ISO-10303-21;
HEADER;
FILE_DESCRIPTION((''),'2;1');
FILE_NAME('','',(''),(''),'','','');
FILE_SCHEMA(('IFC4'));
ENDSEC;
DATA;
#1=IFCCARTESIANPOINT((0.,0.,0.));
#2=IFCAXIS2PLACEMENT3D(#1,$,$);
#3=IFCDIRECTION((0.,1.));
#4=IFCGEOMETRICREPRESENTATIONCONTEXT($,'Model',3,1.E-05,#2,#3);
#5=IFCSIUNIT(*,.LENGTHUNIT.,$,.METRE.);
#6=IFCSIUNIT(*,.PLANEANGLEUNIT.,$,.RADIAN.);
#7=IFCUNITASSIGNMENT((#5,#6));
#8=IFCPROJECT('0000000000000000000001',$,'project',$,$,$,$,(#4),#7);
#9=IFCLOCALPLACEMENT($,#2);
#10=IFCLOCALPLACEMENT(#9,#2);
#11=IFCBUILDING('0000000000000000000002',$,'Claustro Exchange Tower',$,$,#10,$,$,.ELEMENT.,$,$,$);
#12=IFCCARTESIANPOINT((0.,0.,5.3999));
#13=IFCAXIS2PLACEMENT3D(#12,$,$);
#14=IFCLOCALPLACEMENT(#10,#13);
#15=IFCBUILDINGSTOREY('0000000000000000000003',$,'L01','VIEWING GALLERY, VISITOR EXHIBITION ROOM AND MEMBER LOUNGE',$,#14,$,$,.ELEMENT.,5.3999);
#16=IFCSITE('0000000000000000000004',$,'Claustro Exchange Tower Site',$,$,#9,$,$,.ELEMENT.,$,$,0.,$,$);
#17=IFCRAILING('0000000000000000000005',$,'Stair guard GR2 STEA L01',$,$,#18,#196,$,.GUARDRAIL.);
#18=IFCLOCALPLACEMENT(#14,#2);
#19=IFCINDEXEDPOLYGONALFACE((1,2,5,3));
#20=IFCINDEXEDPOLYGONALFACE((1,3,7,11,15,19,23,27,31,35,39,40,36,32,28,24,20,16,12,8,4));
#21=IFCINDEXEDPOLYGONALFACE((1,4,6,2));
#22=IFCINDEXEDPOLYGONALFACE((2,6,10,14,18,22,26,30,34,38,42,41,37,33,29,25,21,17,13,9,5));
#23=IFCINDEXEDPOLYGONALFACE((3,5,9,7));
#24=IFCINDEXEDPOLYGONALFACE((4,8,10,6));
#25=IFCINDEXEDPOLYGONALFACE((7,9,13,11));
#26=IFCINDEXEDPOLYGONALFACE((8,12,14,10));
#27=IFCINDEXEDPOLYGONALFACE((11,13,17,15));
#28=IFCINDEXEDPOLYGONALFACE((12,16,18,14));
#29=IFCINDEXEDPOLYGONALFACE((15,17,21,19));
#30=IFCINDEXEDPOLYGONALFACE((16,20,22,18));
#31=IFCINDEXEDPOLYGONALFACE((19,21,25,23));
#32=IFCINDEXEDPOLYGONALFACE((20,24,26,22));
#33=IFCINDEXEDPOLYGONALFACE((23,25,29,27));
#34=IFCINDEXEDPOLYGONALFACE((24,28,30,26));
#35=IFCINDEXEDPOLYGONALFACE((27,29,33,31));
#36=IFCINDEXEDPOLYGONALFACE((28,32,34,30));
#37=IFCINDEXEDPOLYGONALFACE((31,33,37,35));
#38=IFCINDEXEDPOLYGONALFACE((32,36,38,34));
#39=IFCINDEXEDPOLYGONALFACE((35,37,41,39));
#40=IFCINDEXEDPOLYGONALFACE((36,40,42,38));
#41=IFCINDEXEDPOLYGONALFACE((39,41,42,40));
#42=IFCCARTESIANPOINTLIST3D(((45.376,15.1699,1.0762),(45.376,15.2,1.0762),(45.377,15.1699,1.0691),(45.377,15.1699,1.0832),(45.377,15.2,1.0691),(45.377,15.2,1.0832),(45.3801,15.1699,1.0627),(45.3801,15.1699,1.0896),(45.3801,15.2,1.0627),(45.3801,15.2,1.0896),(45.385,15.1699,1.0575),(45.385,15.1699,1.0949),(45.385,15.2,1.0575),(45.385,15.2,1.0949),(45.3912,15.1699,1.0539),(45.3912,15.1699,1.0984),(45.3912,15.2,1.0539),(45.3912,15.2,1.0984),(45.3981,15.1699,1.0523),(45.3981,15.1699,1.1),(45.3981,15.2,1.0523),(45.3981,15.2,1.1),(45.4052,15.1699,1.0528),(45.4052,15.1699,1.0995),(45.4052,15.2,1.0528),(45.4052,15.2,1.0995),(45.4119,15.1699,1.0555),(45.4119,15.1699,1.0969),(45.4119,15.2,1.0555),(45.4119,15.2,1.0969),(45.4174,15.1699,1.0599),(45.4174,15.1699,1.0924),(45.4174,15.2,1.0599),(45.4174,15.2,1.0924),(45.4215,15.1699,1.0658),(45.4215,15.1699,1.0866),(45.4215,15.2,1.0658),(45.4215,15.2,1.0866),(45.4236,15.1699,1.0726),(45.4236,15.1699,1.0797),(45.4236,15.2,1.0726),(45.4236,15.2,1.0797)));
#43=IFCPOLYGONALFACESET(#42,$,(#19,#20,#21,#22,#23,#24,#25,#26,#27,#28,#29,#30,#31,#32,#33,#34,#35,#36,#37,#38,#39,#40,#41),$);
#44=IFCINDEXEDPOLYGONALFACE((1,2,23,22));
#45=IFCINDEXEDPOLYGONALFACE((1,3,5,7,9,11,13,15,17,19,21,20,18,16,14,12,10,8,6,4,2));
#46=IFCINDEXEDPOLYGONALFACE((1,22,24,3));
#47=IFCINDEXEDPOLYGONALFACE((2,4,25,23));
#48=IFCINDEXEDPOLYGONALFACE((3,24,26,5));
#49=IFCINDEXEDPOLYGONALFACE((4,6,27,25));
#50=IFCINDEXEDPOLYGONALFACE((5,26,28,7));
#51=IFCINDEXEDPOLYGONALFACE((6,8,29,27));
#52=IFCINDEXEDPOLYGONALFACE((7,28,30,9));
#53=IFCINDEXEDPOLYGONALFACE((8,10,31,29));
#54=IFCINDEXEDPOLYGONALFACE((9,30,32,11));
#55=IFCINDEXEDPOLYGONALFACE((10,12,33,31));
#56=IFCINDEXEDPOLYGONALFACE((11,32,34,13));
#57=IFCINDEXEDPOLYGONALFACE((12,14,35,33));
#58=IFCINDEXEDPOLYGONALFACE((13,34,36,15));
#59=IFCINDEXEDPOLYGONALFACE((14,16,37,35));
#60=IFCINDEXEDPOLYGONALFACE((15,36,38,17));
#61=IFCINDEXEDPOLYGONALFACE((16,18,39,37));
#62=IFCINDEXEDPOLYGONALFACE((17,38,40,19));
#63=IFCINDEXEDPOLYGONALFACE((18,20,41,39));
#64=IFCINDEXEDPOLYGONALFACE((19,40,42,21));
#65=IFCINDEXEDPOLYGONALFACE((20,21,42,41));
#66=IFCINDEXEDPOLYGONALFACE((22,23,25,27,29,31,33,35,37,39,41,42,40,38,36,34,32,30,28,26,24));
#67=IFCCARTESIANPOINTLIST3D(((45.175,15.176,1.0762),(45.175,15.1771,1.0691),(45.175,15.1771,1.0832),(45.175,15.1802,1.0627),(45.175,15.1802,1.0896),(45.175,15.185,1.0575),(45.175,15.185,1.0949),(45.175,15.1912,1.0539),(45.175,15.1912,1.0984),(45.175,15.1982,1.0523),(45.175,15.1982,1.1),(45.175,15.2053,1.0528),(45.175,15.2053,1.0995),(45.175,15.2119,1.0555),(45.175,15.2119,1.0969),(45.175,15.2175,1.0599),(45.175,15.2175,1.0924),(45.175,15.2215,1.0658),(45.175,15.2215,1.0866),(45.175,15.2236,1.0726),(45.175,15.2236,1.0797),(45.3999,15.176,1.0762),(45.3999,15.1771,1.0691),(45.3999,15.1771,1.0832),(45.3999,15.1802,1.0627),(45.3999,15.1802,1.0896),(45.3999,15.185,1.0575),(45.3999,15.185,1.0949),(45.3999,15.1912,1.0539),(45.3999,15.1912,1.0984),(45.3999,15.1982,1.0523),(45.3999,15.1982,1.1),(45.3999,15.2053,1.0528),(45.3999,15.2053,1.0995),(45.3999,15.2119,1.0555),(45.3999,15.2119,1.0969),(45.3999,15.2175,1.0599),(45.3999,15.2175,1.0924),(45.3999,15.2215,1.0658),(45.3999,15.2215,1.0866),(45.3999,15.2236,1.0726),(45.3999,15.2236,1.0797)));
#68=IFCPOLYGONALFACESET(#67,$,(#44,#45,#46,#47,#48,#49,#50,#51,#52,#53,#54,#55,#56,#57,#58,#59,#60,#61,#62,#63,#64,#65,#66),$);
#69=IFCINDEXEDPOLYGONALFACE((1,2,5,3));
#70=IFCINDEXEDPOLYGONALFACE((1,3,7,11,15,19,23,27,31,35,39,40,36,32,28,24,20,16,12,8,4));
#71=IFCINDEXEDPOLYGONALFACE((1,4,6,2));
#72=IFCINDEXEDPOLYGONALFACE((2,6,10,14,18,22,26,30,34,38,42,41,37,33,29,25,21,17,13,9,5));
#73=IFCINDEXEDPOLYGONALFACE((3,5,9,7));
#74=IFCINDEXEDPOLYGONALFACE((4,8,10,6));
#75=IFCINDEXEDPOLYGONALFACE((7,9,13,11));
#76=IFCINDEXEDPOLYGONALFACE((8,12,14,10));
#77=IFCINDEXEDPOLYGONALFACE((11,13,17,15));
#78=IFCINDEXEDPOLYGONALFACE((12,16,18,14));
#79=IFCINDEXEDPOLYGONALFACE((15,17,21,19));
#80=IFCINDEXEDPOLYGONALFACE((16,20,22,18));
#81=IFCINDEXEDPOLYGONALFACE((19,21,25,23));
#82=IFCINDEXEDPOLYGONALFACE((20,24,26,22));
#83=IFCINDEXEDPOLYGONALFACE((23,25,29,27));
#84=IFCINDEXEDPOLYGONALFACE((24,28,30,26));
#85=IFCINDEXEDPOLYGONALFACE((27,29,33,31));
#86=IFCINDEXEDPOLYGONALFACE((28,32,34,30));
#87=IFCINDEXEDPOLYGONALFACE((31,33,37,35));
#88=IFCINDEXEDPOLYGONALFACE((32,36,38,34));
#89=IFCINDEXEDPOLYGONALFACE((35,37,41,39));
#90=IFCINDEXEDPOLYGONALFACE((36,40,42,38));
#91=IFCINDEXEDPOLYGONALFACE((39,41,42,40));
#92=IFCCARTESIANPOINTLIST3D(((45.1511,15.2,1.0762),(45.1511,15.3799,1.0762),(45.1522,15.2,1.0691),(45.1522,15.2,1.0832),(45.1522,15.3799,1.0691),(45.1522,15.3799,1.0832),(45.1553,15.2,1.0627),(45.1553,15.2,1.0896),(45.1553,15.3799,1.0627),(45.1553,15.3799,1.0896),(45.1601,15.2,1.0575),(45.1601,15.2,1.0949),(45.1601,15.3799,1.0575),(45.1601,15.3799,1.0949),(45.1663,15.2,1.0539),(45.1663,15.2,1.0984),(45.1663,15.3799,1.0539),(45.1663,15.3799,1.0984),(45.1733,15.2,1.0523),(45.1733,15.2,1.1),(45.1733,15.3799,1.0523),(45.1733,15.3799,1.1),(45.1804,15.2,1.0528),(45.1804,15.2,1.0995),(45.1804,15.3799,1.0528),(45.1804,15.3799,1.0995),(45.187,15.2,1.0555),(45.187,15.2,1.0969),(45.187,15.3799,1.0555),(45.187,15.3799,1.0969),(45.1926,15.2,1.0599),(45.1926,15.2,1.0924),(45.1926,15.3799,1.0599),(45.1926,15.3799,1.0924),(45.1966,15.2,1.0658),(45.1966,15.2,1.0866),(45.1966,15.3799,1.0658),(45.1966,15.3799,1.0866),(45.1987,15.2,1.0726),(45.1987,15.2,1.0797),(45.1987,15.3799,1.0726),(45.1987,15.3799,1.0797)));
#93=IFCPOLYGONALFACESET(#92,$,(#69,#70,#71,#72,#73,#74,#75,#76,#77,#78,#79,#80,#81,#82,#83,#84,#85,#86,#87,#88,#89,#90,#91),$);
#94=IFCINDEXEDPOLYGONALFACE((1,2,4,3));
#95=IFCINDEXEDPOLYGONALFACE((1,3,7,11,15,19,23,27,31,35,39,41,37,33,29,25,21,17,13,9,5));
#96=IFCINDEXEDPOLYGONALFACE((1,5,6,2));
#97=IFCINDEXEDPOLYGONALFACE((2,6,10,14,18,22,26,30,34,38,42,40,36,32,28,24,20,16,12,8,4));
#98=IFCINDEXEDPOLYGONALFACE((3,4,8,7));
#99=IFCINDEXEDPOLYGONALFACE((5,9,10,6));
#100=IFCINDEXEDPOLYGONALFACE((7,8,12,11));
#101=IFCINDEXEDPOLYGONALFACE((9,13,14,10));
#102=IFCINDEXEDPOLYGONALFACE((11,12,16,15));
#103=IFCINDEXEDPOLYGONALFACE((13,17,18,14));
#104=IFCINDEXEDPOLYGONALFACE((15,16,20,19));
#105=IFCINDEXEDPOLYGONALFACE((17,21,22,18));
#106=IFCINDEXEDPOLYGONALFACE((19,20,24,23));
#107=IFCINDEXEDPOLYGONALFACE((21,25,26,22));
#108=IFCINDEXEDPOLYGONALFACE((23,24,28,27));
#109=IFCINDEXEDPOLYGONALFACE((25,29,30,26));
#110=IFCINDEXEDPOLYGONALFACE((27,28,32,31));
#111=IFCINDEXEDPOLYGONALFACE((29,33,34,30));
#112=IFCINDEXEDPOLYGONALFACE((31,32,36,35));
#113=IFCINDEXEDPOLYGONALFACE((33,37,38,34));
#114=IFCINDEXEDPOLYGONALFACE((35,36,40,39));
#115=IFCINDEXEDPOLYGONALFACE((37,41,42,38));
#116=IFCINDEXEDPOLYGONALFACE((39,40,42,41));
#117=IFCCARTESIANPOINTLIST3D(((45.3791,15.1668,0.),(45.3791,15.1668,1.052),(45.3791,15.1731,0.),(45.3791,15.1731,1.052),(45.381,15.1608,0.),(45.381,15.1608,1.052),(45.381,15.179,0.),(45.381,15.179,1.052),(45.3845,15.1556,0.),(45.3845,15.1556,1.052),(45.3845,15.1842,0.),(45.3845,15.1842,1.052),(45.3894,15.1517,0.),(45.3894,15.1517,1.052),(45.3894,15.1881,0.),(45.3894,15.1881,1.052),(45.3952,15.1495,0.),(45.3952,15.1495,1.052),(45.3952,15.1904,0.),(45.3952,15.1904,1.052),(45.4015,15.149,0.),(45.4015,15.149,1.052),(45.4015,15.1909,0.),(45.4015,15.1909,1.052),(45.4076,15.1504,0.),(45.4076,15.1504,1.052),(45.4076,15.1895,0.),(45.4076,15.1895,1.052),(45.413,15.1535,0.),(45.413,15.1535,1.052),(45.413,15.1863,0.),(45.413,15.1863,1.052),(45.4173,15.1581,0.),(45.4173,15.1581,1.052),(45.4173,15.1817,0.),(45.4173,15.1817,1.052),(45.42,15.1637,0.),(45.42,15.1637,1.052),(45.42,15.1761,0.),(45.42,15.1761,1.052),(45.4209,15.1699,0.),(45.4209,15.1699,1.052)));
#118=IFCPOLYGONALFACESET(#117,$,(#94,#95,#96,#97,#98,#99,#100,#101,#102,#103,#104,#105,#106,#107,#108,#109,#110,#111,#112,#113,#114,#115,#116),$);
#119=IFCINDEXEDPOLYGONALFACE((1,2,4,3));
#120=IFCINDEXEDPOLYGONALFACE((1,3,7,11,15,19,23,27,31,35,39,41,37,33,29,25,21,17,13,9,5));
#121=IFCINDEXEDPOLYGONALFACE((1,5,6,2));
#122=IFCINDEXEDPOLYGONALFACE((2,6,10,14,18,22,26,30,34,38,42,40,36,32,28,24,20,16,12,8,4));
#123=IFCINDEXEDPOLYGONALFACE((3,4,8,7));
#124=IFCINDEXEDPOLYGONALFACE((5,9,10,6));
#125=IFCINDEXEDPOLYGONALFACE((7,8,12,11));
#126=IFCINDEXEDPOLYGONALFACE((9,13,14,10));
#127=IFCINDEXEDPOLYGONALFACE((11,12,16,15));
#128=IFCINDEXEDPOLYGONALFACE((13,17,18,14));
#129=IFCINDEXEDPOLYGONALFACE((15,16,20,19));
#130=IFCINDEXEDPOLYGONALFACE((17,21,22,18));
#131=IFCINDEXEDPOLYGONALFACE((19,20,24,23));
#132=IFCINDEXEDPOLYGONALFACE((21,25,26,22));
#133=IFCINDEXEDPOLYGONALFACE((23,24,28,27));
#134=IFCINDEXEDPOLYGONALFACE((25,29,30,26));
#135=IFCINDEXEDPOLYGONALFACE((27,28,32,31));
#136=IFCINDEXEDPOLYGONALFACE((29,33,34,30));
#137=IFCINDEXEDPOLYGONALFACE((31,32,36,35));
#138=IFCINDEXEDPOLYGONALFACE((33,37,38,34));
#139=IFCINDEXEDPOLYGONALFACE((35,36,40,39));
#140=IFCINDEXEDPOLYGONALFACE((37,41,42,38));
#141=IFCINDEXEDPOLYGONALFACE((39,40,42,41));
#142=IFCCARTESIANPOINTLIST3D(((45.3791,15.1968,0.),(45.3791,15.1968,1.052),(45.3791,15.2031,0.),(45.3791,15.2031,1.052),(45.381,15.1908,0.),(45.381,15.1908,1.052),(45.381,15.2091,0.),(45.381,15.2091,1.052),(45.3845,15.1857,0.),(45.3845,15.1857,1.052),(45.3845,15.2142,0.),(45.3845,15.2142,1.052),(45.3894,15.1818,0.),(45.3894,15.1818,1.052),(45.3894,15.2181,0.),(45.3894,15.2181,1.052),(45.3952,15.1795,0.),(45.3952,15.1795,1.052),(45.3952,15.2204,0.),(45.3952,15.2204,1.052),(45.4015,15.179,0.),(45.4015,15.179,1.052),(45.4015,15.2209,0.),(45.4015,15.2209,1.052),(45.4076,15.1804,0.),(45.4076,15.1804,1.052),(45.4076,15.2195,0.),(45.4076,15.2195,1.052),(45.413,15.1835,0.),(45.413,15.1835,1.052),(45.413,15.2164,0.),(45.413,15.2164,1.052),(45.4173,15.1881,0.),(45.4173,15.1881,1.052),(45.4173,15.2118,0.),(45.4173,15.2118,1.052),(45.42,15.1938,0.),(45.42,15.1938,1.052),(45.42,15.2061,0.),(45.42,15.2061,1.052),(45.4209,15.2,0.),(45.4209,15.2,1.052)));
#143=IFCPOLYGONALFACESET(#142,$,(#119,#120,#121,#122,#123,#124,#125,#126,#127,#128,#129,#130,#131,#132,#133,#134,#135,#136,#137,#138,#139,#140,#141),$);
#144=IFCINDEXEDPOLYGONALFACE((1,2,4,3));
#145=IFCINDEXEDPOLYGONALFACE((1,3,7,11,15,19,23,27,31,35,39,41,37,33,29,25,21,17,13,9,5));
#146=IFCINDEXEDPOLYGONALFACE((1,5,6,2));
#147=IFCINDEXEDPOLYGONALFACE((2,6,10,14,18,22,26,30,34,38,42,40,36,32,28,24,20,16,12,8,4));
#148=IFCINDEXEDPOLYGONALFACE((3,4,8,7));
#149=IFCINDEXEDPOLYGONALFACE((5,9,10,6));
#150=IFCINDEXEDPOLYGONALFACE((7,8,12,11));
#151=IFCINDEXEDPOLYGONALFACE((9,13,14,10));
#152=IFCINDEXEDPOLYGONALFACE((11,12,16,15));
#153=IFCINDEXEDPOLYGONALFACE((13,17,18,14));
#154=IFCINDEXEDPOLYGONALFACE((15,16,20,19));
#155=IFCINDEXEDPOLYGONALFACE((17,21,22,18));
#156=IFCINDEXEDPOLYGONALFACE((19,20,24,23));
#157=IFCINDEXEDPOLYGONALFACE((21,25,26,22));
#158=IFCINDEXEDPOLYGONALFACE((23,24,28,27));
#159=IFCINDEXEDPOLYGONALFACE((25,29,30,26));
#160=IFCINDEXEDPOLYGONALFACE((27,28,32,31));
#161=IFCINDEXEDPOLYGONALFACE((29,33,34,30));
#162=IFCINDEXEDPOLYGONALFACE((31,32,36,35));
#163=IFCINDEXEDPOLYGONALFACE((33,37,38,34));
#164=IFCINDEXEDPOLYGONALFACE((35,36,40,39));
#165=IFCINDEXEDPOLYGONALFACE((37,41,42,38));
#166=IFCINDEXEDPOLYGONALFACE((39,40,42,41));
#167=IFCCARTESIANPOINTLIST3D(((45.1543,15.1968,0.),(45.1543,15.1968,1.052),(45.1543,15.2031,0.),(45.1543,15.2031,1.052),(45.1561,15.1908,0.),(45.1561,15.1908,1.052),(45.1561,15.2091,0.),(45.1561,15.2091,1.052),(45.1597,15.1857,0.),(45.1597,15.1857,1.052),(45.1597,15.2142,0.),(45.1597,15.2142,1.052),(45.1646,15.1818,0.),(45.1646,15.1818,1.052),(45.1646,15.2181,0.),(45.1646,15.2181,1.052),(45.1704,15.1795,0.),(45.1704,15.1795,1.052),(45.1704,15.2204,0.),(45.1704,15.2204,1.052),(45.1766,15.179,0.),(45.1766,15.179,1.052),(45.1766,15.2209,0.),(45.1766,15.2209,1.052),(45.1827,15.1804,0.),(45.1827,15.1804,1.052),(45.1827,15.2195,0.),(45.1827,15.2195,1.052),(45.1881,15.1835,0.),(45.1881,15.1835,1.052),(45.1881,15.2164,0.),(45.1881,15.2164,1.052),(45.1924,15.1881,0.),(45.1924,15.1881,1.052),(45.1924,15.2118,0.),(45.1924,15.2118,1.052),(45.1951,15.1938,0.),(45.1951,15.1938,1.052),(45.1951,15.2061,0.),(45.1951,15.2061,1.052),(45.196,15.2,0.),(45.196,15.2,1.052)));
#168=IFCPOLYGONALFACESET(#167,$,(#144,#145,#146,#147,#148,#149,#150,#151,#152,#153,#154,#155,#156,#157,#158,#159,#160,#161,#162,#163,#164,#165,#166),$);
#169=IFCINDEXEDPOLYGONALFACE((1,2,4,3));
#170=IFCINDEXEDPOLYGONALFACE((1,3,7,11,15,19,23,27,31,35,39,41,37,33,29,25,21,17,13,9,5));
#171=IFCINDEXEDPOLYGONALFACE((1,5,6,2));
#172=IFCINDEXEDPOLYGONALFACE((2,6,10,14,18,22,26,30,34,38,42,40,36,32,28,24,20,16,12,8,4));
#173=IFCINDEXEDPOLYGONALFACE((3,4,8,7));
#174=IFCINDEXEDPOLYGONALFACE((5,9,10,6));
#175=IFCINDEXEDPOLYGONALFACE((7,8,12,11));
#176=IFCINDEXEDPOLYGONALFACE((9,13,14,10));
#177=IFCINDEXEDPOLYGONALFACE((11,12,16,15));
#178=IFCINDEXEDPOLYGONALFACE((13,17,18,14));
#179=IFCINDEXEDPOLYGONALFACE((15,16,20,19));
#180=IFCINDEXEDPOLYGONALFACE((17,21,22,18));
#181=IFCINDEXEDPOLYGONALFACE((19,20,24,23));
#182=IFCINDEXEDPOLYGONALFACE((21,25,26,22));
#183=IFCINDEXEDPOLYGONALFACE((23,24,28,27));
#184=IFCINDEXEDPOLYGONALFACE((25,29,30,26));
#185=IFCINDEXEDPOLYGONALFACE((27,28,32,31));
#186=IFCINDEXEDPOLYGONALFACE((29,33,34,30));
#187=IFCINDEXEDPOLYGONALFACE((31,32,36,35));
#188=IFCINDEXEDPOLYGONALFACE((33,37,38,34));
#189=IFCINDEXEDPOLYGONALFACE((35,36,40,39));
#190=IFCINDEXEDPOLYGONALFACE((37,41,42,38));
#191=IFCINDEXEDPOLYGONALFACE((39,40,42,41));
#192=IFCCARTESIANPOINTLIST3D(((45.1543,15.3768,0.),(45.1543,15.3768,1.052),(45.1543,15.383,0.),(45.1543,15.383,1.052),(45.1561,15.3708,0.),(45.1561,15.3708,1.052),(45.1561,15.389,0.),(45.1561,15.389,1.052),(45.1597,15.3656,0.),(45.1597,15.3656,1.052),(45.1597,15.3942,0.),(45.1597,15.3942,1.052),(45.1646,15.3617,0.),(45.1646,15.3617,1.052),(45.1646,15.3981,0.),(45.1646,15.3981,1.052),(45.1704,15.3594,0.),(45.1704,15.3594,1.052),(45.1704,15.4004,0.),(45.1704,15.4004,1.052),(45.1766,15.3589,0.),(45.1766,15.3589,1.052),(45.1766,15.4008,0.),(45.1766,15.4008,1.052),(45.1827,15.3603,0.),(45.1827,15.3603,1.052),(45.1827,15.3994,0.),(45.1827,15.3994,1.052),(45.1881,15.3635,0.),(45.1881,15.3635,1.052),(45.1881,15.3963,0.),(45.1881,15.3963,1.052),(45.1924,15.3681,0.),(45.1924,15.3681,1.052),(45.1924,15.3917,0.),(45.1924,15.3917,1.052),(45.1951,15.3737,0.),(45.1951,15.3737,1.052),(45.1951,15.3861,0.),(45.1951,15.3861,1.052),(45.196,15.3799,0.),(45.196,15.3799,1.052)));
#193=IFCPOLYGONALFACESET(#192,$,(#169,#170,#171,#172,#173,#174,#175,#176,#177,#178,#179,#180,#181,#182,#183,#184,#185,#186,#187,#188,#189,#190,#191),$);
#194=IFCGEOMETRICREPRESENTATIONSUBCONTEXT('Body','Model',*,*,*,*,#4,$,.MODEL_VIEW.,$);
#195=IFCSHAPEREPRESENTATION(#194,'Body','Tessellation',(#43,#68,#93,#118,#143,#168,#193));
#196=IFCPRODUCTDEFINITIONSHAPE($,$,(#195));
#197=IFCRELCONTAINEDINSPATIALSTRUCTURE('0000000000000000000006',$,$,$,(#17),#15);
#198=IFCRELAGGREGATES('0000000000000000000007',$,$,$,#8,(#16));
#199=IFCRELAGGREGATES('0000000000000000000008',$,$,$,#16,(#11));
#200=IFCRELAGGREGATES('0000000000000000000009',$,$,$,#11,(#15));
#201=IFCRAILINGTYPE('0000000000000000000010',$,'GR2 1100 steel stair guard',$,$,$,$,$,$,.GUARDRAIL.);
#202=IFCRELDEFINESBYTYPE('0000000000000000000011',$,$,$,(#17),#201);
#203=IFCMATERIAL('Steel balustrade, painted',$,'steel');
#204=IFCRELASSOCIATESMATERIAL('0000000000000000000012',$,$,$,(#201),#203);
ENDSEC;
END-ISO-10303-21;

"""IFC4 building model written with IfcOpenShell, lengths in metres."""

from ifc_helpers import new_model, si_unit, direction, frame, origin, origin_2d, place, context, subcontext, project, spatial, circle, extrude, material, type_object, element, save


model = new_model("IFC4")

# Units and contexts
model_context = context("Model", 3, precision=1e-05, world=origin(), true_north=direction((0.0, 1.0)))
body_context = subcontext(model_context, "Body", "Model", "MODEL_VIEW")
ifc_project = project(units=[si_unit("LENGTHUNIT", "METRE"), si_unit("PLANEANGLEUNIT", "RADIAN")], contexts=[model_context])

# Site, building, storey
site_placement = place(None, origin())
site = spatial("IfcSite", under=ifc_project, at=site_placement, Name="Claustro Exchange Tower Site", CompositionType="ELEMENT", RefElevation=0.0)
building_placement = place(site_placement, origin())
building = spatial("IfcBuilding", under=site, at=building_placement, Name="Claustro Exchange Tower", CompositionType="ELEMENT")
storey_placement = place(building_placement, frame((0.0, 0.0, 5.3999)))
storey = spatial("IfcBuildingStorey", under=building, at=storey_placement, Name="L01", Description="VIEWING GALLERY, VISITOR EXHIBITION ROOM AND MEMBER LOUNGE", CompositionType="ELEMENT", Elevation=5.3999)

# Railing
ifc_material_1 = material(Name="Steel balustrade, painted", Category="steel")
railing_type_1 = type_object("IfcRailingType", Name="GR2 1100 steel stair guard", PredefinedType="GUARDRAIL", material=ifc_material_1)
railing_1_placement = place(storey_placement, frame((45.3999, 15.1699, 0.0)))
element("IfcRailing", 1, at=railing_1_placement, inside=storey, type_object=railing_type_1, Name="Stair guard GR2 STEA L01", PredefinedType="GUARDRAIL", context=body_context, shape_type="SweptSolid", body=[
    extrude(circle(Radius=0.0239, at=origin_2d()), frame((0.0, 0.0, 1.0762), z_axis=(0.0, 1.0, 0.0), x_axis=(-1.0, 0.0, 0.0)), (0.0, 0.0, 1.0), 0.03),
    extrude(circle(Radius=0.0239, at=origin_2d()), frame((0.0, 0.03, 1.0762), z_axis=(-1.0, 0.0, 0.0), x_axis=(0.0, -1.0, 0.0)), (0.0, 0.0, 1.0), 0.2249),
    extrude(circle(Radius=0.0239, at=origin_2d()), frame((-0.2249, 0.03, 1.0762), z_axis=(0.0, 1.0, 0.0), x_axis=(-1.0, 0.0, 0.0)), (0.0, 0.0, 1.0), 0.1799),
    extrude(circle(Radius=0.021, at=origin_2d()), origin(), (0.0, 0.0, 1.0), 1.052),
    extrude(circle(Radius=0.021, at=origin_2d()), frame((0.0, 0.03, 0.0)), (0.0, 0.0, 1.0), 1.052),
    extrude(circle(Radius=0.021, at=origin_2d()), frame((-0.2249, 0.03, 0.0)), (0.0, 0.0, 1.0), 1.052),
    extrude(circle(Radius=0.021, at=origin_2d()), frame((-0.2249, 0.21, 0.0)), (0.0, 0.0, 1.0), 1.052),
])

save(model, "model.ifc")
